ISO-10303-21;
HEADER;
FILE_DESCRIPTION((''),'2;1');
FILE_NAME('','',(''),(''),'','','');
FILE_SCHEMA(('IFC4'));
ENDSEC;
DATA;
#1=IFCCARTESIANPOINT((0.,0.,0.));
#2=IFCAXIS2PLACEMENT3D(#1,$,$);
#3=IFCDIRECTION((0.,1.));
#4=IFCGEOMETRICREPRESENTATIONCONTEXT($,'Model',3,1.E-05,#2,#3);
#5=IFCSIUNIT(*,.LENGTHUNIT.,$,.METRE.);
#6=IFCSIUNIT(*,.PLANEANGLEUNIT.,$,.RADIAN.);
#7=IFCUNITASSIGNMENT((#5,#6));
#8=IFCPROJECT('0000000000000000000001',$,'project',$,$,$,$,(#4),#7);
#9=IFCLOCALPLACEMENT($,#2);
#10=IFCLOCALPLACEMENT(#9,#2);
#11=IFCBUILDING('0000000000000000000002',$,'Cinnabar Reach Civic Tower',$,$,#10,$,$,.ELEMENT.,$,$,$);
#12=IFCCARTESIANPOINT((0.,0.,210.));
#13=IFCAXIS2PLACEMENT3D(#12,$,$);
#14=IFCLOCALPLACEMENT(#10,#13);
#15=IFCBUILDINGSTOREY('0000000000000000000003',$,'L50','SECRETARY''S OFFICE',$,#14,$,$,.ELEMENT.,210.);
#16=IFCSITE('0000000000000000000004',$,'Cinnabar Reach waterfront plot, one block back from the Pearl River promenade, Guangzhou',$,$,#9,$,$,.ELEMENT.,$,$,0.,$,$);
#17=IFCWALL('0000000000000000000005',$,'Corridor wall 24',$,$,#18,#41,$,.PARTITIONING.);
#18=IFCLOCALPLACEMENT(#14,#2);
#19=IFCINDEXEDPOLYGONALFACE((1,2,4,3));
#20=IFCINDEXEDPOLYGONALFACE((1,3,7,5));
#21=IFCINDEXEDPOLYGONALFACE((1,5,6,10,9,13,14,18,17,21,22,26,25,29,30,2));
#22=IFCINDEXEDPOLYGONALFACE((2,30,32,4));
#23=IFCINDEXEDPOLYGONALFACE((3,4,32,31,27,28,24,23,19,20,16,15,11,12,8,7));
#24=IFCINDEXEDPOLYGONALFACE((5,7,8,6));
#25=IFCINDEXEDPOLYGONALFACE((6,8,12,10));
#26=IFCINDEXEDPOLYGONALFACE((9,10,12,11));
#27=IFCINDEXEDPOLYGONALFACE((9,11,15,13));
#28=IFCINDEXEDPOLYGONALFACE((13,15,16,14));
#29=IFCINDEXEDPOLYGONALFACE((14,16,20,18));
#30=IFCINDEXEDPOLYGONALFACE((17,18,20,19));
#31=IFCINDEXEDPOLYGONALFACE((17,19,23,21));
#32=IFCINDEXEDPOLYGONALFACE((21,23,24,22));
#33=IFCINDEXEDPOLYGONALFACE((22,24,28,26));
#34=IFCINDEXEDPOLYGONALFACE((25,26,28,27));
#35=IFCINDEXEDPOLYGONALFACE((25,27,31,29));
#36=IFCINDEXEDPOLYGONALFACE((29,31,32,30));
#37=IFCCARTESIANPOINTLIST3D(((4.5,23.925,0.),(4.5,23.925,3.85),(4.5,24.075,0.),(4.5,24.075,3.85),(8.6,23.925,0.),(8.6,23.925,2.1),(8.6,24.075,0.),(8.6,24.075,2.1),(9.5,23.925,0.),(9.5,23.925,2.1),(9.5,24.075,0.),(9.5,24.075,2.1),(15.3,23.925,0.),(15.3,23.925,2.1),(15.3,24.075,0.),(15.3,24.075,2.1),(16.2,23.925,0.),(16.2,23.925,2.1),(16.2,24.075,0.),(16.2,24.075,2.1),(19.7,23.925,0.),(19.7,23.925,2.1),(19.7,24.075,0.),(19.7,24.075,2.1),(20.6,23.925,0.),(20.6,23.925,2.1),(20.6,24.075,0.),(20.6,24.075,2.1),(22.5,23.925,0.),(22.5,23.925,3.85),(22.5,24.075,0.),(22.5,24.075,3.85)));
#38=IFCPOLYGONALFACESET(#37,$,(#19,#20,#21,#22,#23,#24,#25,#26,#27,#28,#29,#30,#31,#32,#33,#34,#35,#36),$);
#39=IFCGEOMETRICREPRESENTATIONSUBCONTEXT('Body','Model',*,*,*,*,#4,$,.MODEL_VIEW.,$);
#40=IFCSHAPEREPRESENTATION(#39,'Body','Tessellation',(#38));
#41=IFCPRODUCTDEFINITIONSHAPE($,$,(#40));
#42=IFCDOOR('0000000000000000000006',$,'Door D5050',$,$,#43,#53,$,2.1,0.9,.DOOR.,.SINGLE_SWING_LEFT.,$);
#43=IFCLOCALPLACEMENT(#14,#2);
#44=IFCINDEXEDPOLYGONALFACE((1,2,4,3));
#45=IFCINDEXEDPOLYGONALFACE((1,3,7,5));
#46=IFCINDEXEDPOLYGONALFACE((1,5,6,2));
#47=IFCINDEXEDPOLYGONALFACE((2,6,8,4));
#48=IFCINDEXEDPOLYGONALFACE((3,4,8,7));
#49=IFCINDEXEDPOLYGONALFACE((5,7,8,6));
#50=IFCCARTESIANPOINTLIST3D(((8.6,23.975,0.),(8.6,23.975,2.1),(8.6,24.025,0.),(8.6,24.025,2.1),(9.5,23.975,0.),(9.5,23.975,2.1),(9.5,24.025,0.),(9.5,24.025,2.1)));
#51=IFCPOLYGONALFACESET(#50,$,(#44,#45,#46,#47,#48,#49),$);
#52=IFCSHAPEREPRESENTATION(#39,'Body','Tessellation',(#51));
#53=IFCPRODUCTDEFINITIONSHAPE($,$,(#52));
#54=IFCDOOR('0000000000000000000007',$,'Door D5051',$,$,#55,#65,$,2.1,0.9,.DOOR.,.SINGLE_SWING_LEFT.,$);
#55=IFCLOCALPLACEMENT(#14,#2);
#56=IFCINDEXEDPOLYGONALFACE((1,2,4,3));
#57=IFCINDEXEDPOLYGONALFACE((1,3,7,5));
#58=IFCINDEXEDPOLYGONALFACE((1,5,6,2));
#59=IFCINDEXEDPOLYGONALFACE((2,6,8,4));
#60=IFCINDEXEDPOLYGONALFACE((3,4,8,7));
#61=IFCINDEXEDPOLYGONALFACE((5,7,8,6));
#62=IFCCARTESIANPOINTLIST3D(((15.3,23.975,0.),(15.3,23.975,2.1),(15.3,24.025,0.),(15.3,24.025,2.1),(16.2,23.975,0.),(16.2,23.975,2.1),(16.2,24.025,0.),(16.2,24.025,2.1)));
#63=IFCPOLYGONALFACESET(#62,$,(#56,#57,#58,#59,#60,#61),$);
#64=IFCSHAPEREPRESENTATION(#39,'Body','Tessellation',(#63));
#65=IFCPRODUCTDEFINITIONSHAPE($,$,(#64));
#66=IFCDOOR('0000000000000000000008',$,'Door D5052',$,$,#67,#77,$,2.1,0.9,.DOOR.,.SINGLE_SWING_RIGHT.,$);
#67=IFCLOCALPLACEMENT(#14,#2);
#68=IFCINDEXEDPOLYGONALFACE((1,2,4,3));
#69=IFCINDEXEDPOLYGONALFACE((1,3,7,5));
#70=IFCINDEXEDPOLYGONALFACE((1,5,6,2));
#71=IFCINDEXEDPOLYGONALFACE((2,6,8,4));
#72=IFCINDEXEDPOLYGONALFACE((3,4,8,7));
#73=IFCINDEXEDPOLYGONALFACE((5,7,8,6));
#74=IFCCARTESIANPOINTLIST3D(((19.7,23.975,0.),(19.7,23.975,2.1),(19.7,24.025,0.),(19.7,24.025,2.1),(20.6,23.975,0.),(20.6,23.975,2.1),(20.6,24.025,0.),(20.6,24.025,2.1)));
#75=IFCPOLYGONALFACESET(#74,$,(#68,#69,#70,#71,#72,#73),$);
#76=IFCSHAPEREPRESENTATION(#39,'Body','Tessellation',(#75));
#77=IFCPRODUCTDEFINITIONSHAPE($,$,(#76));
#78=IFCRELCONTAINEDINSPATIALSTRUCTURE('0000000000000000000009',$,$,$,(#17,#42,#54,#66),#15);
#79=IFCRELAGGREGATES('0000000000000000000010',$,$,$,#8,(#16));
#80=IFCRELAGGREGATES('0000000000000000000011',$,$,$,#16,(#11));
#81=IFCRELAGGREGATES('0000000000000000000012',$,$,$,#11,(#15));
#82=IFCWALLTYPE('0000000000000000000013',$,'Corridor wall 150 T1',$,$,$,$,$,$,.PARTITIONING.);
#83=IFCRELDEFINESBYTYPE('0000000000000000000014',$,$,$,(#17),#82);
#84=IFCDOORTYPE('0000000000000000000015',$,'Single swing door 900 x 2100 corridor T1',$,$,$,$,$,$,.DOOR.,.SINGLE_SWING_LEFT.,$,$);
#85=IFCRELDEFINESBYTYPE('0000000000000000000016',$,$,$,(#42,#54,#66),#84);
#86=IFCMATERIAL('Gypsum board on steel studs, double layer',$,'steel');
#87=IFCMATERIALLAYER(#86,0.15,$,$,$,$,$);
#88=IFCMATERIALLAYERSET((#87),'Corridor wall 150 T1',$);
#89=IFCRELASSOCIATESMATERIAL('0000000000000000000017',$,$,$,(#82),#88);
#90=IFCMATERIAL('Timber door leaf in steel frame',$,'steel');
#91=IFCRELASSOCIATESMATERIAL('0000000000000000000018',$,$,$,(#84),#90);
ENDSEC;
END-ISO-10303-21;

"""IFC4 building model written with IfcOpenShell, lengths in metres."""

from ifc_helpers import new_model, si_unit, direction, frame, frame_2d, origin, place, context, subcontext, project, spatial, rectangle, extrude, material, layer, layer_set, type_object, element, fill, save


model = new_model("IFC4")

# Units and contexts
model_context = context("Model", 3, precision=1e-05, world=origin(), true_north=direction((0.0, 1.0)))
body_context = subcontext(model_context, "Body", "Model", "MODEL_VIEW")
ifc_project = project(units=[si_unit("LENGTHUNIT", "METRE"), si_unit("PLANEANGLEUNIT", "RADIAN")], contexts=[model_context])

# Site, building, storey
site_placement = place(None, origin())
site = spatial("IfcSite", under=ifc_project, at=site_placement, Name="Cinnabar Reach waterfront plot, one block back from the Pearl River promenade, Guangzhou", CompositionType="ELEMENT", RefElevation=0.0)
building_placement = place(site_placement, origin())
building = spatial("IfcBuilding", under=site, at=building_placement, Name="Cinnabar Reach Civic Tower", CompositionType="ELEMENT")
storey_placement = place(building_placement, frame((0.0, 0.0, 210.0)))
storey = spatial("IfcBuildingStorey", under=building, at=storey_placement, Name="L50", Description="SECRETARY'S OFFICE", CompositionType="ELEMENT", Elevation=210.0)

# Shared definitions
ifc_material_1 = material(Name="Timber door leaf in steel frame", Category="steel")

# Wall, openings, doors
ifc_material_2 = material(Name="Gypsum board on steel studs, double layer", Category="steel")
ifc_layer_1 = layer(ifc_material_2, 0.15)
ifc_layer_set_1 = layer_set([ifc_layer_1], Name="Corridor wall 150 T1")
wall_type_1 = type_object("IfcWallType", Name="Corridor wall 150 T1", PredefinedType="PARTITIONING", material=ifc_layer_set_1)
wall_1_placement = place(storey_placement, frame((4.5, 24.0, 0.0), z_axis=(0.0, 0.0, 1.0), x_axis=(1.0, 0.0, 0.0)))
wall_1 = element("IfcWall", 1, at=wall_1_placement, inside=storey, type_object=wall_type_1, Name="Corridor wall 24", PredefinedType="PARTITIONING", context=body_context, shape_type="SweptSolid", body=[
    extrude(rectangle(XDim=18.0, YDim=0.15, at=frame_2d((9.0, 0.0))), origin(), (0.0, 0.0, 1.0), 3.85),
])
opening_1_placement = place(wall_1_placement, frame((4.1, 0.0, 0.0)))
opening_1 = element("IfcOpeningElement", 2, at=opening_1_placement, cuts=wall_1, PredefinedType="OPENING", context=body_context, shape_type="SweptSolid", body=[
    extrude(rectangle(XDim=0.9, YDim=2.1, at=frame_2d((0.45, 1.05))), frame((0.0, 0.085, 0.0), z_axis=(0.0, -1.0, 0.0), x_axis=(1.0, 0.0, 0.0)), (0.0, 0.0, 1.0), 0.17),
])
opening_2_placement = place(wall_1_placement, frame((10.8, 0.0, 0.0)))
opening_2 = element("IfcOpeningElement", 3, at=opening_2_placement, cuts=wall_1, PredefinedType="OPENING", context=body_context, shape_type="SweptSolid", body=[
    extrude(rectangle(XDim=0.9, YDim=2.1, at=frame_2d((0.45, 1.05))), frame((0.0, 0.085, 0.0), z_axis=(0.0, -1.0, 0.0), x_axis=(1.0, 0.0, 0.0)), (0.0, 0.0, 1.0), 0.17),
])
opening_3_placement = place(wall_1_placement, frame((15.2, 0.0, 0.0)))
opening_3 = element("IfcOpeningElement", 4, at=opening_3_placement, cuts=wall_1, PredefinedType="OPENING", context=body_context, shape_type="SweptSolid", body=[
    extrude(rectangle(XDim=0.9, YDim=2.1, at=frame_2d((0.45, 1.05))), frame((0.0, 0.085, 0.0), z_axis=(0.0, -1.0, 0.0), x_axis=(1.0, 0.0, 0.0)), (0.0, 0.0, 1.0), 0.17),
])
door_type_1 = type_object("IfcDoorType", Name="Single swing door 900 x 2100 corridor T1", OperationType="SINGLE_SWING_LEFT", PredefinedType="DOOR", material=ifc_material_1)
door_1_placement = place(opening_1_placement, frame((0.9, 0.0, 0.0), z_axis=(0.0, 0.0, 1.0), x_axis=(-1.0, 0.0, 0.0)))
door_1 = element("IfcDoor", 5, at=door_1_placement, inside=storey, type_object=door_type_1, Name="Door D5050", OperationType="SINGLE_SWING_LEFT", OverallHeight=2.1, OverallWidth=0.9, PredefinedType="DOOR", context=body_context, shape_type="SweptSolid", body=[
    extrude(rectangle(XDim=0.9, YDim=2.1, at=frame_2d((0.45, 1.05))), frame((0.0, 0.025, 0.0), z_axis=(0.0, -1.0, 0.0), x_axis=(1.0, 0.0, 0.0)), (0.0, 0.0, 1.0), 0.05),
])
fill(opening_1, door_1)
door_2_placement = place(opening_2_placement, frame((0.9, 0.0, 0.0), z_axis=(0.0, 0.0, 1.0), x_axis=(-1.0, 0.0, 0.0)))
door_2 = element("IfcDoor", 6, at=door_2_placement, inside=storey, type_object=door_type_1, Name="Door D5051", OperationType="SINGLE_SWING_LEFT", OverallHeight=2.1, OverallWidth=0.9, PredefinedType="DOOR", context=body_context, shape_type="SweptSolid", body=[
    extrude(rectangle(XDim=0.9, YDim=2.1, at=frame_2d((0.45, 1.05))), frame((0.0, 0.025, 0.0), z_axis=(0.0, -1.0, 0.0), x_axis=(1.0, 0.0, 0.0)), (0.0, 0.0, 1.0), 0.05),
])
fill(opening_2, door_2)
door_3_placement = place(opening_3_placement, frame((0.9, 0.0, 0.0), z_axis=(0.0, 0.0, 1.0), x_axis=(-1.0, 0.0, 0.0)))
door_3 = element("IfcDoor", 7, at=door_3_placement, inside=storey, type_object=door_type_1, Name="Door D5052", OperationType="SINGLE_SWING_RIGHT", OverallHeight=2.1, OverallWidth=0.9, PredefinedType="DOOR", context=body_context, shape_type="SweptSolid", body=[
    extrude(rectangle(XDim=0.9, YDim=2.1, at=frame_2d((0.45, 1.05))), frame((0.0, 0.025, 0.0), z_axis=(0.0, -1.0, 0.0), x_axis=(1.0, 0.0, 0.0)), (0.0, 0.0, 1.0), 0.05),
])
fill(opening_3, door_3)

save(model, "model.ifc")
